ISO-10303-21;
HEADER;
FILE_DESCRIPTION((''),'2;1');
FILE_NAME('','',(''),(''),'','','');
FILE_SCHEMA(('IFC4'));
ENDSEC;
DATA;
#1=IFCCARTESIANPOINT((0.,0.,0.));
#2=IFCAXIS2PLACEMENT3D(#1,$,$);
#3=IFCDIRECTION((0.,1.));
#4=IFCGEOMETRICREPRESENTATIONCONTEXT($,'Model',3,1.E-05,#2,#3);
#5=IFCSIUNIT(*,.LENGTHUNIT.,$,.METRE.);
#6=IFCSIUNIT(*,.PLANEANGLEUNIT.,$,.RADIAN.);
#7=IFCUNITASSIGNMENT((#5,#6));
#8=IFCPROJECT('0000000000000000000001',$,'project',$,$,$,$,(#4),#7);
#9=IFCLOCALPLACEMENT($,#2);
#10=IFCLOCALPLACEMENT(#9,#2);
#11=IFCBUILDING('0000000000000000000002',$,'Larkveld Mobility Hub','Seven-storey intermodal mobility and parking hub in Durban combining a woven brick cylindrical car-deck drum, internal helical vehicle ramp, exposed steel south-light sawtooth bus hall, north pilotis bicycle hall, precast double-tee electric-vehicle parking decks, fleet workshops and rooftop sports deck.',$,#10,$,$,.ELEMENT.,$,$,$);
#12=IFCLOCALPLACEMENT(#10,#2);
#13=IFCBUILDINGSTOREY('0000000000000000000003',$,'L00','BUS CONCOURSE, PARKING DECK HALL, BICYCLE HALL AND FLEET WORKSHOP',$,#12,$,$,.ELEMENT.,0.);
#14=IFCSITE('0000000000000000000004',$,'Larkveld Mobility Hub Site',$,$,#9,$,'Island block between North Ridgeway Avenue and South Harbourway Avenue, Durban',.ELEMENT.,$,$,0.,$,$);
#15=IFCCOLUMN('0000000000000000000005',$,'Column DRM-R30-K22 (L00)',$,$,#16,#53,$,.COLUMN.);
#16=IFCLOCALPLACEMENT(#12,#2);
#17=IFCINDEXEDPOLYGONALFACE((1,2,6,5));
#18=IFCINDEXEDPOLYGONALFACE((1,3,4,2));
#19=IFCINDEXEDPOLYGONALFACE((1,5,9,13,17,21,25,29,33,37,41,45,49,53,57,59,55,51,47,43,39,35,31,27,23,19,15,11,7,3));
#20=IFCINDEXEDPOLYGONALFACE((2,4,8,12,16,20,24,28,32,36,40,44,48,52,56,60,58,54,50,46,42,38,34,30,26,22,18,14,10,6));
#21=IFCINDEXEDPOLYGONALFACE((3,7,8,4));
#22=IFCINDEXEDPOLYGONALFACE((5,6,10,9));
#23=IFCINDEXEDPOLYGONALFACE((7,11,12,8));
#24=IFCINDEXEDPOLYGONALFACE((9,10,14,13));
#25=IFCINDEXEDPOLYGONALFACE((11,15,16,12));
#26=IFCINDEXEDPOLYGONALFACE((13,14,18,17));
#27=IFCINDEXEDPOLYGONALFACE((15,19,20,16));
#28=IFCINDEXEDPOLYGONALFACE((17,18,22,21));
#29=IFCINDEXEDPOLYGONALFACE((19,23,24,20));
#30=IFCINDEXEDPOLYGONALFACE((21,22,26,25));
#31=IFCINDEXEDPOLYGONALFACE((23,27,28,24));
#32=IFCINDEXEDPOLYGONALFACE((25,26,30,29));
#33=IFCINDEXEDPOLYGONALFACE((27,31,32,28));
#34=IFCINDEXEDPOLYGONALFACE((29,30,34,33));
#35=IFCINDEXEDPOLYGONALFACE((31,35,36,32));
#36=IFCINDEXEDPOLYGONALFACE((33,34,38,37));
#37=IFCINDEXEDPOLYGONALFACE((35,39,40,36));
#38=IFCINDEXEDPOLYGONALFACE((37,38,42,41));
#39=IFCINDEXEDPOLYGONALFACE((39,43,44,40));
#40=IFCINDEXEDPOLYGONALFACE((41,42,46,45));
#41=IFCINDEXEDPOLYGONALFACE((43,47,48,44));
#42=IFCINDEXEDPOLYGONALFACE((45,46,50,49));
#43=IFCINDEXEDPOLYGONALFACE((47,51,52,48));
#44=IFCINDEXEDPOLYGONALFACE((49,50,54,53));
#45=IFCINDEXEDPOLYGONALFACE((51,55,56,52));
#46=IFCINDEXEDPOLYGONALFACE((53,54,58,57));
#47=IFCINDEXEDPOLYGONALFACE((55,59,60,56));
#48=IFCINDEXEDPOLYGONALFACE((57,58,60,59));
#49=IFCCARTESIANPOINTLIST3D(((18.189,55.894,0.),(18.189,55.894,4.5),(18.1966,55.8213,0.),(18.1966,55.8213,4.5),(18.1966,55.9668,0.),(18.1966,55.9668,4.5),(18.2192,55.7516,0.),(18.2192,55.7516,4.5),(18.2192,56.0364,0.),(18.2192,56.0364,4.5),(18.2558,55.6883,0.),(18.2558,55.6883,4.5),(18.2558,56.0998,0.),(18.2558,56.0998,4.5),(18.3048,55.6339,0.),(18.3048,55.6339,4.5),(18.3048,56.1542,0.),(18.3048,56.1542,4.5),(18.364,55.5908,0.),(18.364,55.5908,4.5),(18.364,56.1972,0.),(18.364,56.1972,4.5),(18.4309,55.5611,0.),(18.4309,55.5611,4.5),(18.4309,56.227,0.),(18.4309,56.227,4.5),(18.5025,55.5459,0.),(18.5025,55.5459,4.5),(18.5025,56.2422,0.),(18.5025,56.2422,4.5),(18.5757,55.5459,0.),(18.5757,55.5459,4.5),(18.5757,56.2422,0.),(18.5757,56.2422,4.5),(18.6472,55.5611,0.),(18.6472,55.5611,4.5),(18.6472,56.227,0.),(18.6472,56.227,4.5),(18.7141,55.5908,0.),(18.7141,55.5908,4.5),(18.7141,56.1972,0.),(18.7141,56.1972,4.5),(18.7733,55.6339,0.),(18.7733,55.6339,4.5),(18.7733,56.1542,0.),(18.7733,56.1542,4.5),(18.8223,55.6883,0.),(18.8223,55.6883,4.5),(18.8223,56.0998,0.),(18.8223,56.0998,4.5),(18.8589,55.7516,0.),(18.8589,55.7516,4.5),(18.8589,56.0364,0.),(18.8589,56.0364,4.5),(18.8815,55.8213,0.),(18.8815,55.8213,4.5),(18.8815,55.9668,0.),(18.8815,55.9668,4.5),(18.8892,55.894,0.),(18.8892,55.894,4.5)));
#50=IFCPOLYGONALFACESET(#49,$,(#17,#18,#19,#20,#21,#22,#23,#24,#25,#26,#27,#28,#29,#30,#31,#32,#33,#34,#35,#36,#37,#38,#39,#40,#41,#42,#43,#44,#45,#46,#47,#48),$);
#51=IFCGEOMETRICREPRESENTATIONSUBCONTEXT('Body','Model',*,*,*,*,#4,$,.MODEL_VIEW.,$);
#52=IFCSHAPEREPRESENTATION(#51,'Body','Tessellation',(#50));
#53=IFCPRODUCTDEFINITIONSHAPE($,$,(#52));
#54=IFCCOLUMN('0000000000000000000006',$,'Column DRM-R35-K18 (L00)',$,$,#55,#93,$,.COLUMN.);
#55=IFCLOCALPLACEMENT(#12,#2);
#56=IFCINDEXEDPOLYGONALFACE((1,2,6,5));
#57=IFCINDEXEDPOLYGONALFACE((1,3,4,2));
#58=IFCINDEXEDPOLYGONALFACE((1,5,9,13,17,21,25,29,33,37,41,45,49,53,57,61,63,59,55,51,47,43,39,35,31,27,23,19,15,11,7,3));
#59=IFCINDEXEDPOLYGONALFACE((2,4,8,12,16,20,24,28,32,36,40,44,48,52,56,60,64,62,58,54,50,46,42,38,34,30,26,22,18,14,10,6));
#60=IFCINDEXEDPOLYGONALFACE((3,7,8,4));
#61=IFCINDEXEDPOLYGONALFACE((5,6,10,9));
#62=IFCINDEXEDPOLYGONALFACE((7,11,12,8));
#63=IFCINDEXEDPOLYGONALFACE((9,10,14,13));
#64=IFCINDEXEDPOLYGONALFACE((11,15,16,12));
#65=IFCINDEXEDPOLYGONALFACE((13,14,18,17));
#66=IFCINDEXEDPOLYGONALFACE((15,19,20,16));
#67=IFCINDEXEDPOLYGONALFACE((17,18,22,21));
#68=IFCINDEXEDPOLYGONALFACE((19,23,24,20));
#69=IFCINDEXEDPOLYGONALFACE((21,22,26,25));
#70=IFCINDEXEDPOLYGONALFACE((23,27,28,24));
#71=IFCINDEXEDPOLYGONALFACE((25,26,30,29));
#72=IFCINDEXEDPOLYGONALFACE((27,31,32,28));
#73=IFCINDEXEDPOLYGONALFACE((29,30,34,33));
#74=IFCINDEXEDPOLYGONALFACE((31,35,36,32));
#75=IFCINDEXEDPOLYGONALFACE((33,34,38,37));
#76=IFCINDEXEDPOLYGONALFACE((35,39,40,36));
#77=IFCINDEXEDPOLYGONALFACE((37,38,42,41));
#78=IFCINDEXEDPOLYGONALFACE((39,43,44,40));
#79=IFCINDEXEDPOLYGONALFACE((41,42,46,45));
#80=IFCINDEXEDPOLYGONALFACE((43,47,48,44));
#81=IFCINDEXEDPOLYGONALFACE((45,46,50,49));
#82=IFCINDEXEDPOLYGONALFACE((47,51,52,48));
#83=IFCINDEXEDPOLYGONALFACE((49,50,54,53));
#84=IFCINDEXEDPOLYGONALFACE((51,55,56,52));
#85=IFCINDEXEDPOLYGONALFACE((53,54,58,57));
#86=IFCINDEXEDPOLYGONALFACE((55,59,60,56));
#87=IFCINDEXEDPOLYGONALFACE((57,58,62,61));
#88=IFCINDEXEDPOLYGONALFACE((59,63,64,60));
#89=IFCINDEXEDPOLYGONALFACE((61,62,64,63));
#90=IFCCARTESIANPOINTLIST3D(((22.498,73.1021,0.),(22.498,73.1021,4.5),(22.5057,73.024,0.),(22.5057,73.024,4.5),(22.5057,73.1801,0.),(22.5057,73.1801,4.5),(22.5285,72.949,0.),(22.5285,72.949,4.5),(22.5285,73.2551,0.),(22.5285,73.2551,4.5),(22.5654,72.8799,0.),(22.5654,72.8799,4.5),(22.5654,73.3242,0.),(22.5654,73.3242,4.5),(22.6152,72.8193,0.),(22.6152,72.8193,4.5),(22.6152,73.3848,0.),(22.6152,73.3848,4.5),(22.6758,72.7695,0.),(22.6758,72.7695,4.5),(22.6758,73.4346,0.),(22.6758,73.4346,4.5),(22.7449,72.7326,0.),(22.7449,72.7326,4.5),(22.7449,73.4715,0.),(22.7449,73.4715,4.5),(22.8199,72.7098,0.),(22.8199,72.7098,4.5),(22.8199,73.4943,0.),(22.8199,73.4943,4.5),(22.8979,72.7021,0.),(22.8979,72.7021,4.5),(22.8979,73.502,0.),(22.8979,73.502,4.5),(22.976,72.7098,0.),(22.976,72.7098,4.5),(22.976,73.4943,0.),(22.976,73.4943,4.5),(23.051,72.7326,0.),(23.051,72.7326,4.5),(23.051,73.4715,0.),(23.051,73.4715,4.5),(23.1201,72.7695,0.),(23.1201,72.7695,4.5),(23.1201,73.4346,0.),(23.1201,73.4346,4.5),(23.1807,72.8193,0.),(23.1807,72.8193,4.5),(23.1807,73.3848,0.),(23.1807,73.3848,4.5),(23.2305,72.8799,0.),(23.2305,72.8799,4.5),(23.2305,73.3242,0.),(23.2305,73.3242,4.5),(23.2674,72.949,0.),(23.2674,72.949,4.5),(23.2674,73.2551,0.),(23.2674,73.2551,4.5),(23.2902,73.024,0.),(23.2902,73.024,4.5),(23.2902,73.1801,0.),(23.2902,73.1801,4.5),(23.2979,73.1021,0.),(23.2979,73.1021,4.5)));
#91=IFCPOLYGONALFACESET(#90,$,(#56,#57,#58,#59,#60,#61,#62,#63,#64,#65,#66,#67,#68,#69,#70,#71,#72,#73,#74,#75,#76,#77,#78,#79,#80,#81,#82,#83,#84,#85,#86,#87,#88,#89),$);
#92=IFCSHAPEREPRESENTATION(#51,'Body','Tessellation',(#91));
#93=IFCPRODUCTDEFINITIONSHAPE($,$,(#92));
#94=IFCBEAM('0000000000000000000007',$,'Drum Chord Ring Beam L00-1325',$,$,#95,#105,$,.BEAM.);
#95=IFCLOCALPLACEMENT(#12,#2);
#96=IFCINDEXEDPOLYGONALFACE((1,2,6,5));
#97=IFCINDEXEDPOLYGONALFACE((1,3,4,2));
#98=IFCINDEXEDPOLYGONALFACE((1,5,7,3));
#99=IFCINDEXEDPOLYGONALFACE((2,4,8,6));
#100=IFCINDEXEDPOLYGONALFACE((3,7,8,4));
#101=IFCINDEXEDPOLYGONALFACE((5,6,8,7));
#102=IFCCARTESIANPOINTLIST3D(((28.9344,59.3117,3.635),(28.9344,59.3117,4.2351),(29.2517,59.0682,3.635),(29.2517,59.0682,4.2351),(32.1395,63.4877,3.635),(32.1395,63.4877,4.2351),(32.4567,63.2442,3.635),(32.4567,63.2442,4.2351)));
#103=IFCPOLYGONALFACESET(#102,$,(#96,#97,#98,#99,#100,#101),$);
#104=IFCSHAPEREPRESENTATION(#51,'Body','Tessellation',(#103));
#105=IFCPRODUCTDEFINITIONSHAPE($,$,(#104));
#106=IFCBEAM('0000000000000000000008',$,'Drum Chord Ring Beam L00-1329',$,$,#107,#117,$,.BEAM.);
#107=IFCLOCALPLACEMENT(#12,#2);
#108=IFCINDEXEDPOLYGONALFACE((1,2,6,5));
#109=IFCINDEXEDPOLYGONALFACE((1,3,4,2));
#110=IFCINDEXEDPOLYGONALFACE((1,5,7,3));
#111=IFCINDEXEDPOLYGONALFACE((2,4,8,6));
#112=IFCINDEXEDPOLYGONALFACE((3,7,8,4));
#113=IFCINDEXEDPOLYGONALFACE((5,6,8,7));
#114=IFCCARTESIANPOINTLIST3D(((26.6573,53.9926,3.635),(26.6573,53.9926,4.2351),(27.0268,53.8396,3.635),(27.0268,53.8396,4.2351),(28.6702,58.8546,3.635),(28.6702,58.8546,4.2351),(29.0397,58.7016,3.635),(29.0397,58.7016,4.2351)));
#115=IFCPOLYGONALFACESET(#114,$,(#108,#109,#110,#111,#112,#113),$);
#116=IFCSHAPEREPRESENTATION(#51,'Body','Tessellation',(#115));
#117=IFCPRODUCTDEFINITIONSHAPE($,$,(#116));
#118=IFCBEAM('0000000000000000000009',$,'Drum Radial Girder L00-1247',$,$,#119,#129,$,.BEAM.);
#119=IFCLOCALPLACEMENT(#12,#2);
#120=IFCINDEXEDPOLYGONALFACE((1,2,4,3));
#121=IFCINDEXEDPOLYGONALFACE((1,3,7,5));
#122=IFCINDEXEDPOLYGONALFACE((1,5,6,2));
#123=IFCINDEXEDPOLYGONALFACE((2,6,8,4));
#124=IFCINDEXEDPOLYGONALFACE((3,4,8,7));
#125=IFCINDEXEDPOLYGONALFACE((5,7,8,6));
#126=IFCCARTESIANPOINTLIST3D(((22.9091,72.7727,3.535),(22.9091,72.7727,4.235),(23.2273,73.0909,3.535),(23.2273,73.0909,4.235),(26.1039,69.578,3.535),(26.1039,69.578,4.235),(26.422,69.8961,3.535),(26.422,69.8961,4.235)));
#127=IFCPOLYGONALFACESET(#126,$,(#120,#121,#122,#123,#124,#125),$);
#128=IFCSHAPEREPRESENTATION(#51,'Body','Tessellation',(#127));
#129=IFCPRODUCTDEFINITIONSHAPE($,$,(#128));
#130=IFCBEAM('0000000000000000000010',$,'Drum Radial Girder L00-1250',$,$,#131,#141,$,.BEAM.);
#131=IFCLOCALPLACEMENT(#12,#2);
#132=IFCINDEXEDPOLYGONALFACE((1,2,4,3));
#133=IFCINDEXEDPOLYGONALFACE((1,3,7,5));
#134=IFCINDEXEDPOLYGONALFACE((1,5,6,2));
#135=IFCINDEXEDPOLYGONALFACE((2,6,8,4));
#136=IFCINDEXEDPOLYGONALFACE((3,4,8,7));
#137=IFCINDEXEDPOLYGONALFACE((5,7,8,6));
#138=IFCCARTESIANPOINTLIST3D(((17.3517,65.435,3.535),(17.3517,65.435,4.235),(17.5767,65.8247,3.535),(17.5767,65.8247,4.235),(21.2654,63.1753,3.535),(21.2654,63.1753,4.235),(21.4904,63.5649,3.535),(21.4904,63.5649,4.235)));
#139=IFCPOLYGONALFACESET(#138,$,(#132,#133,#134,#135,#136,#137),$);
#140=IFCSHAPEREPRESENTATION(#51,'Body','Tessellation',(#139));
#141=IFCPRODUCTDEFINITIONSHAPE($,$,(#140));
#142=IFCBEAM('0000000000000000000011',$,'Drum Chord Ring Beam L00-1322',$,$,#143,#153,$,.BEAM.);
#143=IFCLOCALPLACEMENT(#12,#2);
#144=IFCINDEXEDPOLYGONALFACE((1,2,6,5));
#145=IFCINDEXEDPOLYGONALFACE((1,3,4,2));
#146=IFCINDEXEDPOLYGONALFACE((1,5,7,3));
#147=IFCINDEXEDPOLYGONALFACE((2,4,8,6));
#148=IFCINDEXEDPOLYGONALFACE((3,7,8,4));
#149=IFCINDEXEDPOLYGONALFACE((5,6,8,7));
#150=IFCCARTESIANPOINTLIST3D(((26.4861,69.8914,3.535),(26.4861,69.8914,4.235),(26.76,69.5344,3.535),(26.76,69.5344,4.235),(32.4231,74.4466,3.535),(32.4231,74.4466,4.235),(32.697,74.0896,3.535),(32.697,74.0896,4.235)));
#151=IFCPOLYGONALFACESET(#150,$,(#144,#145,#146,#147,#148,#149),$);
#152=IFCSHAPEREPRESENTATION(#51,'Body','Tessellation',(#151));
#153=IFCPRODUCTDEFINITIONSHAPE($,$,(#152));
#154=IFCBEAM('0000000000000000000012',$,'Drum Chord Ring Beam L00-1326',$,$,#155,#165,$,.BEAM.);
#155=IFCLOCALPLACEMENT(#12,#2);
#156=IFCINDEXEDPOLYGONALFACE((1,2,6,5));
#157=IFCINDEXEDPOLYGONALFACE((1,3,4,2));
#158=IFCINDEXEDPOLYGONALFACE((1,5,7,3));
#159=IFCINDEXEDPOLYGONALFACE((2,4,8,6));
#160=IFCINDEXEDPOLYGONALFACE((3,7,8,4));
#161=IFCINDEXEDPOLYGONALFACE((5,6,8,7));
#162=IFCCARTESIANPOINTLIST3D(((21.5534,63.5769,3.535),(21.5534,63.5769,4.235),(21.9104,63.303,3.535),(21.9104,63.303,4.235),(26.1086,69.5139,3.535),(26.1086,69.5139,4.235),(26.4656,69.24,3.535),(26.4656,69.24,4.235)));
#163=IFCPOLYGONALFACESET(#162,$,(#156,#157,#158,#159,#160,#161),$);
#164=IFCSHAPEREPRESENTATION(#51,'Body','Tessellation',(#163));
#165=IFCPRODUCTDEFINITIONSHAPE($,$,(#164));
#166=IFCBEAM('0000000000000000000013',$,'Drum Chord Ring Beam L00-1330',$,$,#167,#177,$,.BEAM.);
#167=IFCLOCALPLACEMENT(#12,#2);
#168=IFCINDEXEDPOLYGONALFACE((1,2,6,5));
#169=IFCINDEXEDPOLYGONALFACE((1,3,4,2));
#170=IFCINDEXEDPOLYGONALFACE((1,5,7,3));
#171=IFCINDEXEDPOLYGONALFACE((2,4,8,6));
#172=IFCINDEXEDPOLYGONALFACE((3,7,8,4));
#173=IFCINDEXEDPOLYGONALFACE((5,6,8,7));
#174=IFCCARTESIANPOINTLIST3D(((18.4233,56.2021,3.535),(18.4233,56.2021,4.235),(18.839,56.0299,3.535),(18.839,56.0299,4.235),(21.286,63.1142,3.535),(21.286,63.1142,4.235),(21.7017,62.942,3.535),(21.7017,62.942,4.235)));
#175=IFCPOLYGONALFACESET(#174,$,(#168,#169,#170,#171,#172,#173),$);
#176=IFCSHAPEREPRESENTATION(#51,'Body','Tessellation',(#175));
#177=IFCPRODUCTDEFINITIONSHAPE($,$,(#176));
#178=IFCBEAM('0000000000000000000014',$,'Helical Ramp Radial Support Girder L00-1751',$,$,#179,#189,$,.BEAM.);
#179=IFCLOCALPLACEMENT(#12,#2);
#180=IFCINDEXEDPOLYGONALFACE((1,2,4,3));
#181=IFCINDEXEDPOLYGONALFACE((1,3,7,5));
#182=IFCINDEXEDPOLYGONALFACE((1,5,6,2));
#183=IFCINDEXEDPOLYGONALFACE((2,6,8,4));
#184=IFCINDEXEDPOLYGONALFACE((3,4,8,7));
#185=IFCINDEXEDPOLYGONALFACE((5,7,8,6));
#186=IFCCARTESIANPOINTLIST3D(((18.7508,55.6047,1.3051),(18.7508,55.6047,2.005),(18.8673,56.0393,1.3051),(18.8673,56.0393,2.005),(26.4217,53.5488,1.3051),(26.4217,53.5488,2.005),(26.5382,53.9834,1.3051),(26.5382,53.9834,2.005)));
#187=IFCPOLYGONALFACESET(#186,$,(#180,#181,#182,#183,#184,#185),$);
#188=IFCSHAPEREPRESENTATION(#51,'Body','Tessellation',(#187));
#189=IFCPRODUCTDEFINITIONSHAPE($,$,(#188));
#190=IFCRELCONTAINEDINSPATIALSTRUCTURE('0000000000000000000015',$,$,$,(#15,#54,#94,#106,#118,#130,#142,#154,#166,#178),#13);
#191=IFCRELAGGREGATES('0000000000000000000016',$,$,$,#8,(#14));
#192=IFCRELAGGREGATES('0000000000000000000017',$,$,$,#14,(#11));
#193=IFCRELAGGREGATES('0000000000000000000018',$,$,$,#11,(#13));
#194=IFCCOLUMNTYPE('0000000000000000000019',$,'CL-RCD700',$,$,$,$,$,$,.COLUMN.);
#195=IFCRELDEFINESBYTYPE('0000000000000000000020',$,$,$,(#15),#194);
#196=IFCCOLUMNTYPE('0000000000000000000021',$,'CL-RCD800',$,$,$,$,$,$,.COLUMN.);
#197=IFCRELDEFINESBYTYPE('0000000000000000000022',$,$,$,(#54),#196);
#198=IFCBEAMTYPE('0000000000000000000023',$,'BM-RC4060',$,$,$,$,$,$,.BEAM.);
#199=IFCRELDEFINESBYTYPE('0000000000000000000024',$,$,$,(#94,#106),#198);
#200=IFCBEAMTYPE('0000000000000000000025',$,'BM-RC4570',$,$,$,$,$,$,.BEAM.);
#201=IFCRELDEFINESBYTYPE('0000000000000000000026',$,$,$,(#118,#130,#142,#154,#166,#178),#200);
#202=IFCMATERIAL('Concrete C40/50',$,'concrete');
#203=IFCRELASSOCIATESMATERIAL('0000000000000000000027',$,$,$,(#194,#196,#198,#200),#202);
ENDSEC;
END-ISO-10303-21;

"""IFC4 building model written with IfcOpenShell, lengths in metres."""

from ifc_helpers import new_model, si_unit, direction, frame, origin, origin_2d, place, context, subcontext, project, spatial, rectangle, circle, extrude, material, material_profile, profile_set, type_object, element, save


model = new_model("IFC4")

# Units and contexts
model_context = context("Model", 3, precision=1e-05, world=origin(), true_north=direction((0.0, 1.0)))
body_context = subcontext(model_context, "Body", "Model", "MODEL_VIEW")
ifc_project = project(units=[si_unit("LENGTHUNIT", "METRE"), si_unit("PLANEANGLEUNIT", "RADIAN")], contexts=[model_context])

# Site, building, storey
site_placement = place(None, origin())
site = spatial("IfcSite", under=ifc_project, at=site_placement, Name="Larkveld Mobility Hub Site", LongName="Island block between North Ridgeway Avenue and South Harbourway Avenue, Durban", CompositionType="ELEMENT", RefElevation=0.0)
building_placement = place(site_placement, origin())
building = spatial("IfcBuilding", under=site, at=building_placement, Name="Larkveld Mobility Hub", Description="Seven-storey intermodal mobility and parking hub in Durban combining a woven brick cylindrical car-deck drum, internal helical vehicle ramp, exposed steel south-light sawtooth bus hall, north pilotis bicycle hall, precast double-tee electric-vehicle parking decks, fleet workshops and rooftop sports deck.", CompositionType="ELEMENT")
storey_placement = place(building_placement, origin())
storey = spatial("IfcBuildingStorey", under=building, at=storey_placement, Name="L00", Description="BUS CONCOURSE, PARKING DECK HALL, BICYCLE HALL AND FLEET WORKSHOP", CompositionType="ELEMENT", Elevation=0.0)

# Columns
ifc_material_1 = material(Name="Concrete C40/50", Category="concrete")
ifc_material_profile_1 = material_profile(ifc_material_1, circle(Radius=0.3501, at=origin_2d()), Name="RC COL D700")
ifc_profile_set_1 = profile_set([ifc_material_profile_1], Name="Concrete C40/50")
column_type_1 = type_object("IfcColumnType", Name="CL-RCD700", PredefinedType="COLUMN", material=ifc_profile_set_1)
for number, where, z_axis, x_axis, name in (
    (1, (18.5391, 55.894, 0.0), (0.0, 0.0, 1.0), (1.0, 0.0, 0.0), "Column DRM-R30-K22 (L00)"),
):
    element("IfcColumn", number, at=place(storey_placement, frame(where, z_axis=z_axis, x_axis=x_axis)), inside=storey, type_object=column_type_1, Name=name, PredefinedType="COLUMN", context=body_context, shape_type="SweptSolid", body=[
        extrude(circle(Radius=0.3501, at=origin_2d()), origin(), (0.0, 0.0, 1.0), 4.5),
    ])
ifc_material_profile_2 = material_profile(ifc_material_1, circle(Radius=0.3999, at=origin_2d()), Name="RC COL D800")
ifc_profile_set_2 = profile_set([ifc_material_profile_2], Name="Concrete C40/50")
column_type_2 = type_object("IfcColumnType", Name="CL-RCD800", PredefinedType="COLUMN", material=ifc_profile_set_2)
column_placement = place(storey_placement, frame((22.8979, 73.1021, 0.0), z_axis=(0.0, 0.0, 1.0), x_axis=(1.0, 0.0, 0.0)))
element("IfcColumn", 2, at=column_placement, inside=storey, type_object=column_type_2, Name="Column DRM-R35-K18 (L00)", PredefinedType="COLUMN", context=body_context, shape_type="SweptSolid", body=[
    extrude(circle(Radius=0.3999, at=origin_2d()), origin(), (0.0, 0.0, 1.0), 4.5),
])

# Beams
ifc_material_profile_3 = material_profile(ifc_material_1, rectangle(XDim=0.3999, YDim=0.6001, at=origin_2d()), Name="RC BM 400x600")
ifc_profile_set_3 = profile_set([ifc_material_profile_3], Name="Concrete C40/50")
beam_type_1 = type_object("IfcBeamType", Name="BM-RC4060", PredefinedType="BEAM", material=ifc_profile_set_3)
beam_1_placement = place(storey_placement, frame((32.2981, 63.366, 3.9351), z_axis=(-0.608845, -0.793289, 0.0), x_axis=(0.793289, -0.608845, 0.0)))
element("IfcBeam", 3, at=beam_1_placement, inside=storey, type_object=beam_type_1, Name="Drum Chord Ring Beam L00-1325", PredefinedType="BEAM", context=body_context, shape_type="SweptSolid", body=[
    extrude(rectangle(XDim=0.3999, YDim=0.6001, at=origin_2d()), origin(), (0.0, 0.0, 1.0), 5.2642),
])
beam_2_placement = place(storey_placement, frame((28.855, 58.7781, 3.9351), z_axis=(-0.382523, -0.923946, 0.0), x_axis=(0.923946, -0.382523, 0.0)))
element("IfcBeam", 4, at=beam_2_placement, inside=storey, type_object=beam_type_1, Name="Drum Chord Ring Beam L00-1329", PredefinedType="BEAM", context=body_context, shape_type="SweptSolid", body=[
    extrude(rectangle(XDim=0.3999, YDim=0.6001, at=origin_2d()), origin(), (0.0, 0.0, 1.0), 5.2622),
])
ifc_material_profile_4 = material_profile(ifc_material_1, rectangle(XDim=0.45, YDim=0.7, at=origin_2d()), Name="RC BM 450x700")
ifc_profile_set_4 = profile_set([ifc_material_profile_4], Name="Concrete C40/50")
beam_type_2 = type_object("IfcBeamType", Name="BM-RC4570", PredefinedType="BEAM", material=ifc_profile_set_4)
beam_3_placement = place(storey_placement, frame((26.2629, 69.7371, 3.885), z_axis=(-0.707107, 0.707107, 0.0), x_axis=(-0.707107, -0.707107, 0.0)))
element("IfcBeam", 5, at=beam_3_placement, inside=storey, type_object=beam_type_2, Name="Drum Radial Girder L00-1247", PredefinedType="BEAM", context=body_context, shape_type="SweptSolid", body=[
    extrude(rectangle(XDim=0.45, YDim=0.7, at=origin_2d()), origin(), (0.0, 0.0, 1.0), 4.5181),
])
beam_4_placement = place(storey_placement, frame((21.3779, 63.3701, 3.885), z_axis=(-0.866014, 0.50002, 0.0), x_axis=(-0.50002, -0.866014, 0.0)))
element("IfcBeam", 6, at=beam_4_placement, inside=storey, type_object=beam_type_2, Name="Drum Radial Girder L00-1250", PredefinedType="BEAM", context=body_context, shape_type="SweptSolid", body=[
    extrude(rectangle(XDim=0.45, YDim=0.7, at=origin_2d()), origin(), (0.0, 0.0, 1.0), 4.5193),
])
for number, where, z_axis, x_axis, name in (
    (7, (32.5601, 74.2681, 3.885), (-0.793383, -0.608723, 0.0), (0.608723, -0.793383, 0.0), "Drum Chord Ring Beam L00-1322"),
    (8, (26.2871, 69.377, 3.885), (-0.608723, -0.793383, 0.0), (0.793383, -0.608723, 0.0), "Drum Chord Ring Beam L00-1326"),
):
    element("IfcBeam", number, at=place(storey_placement, frame(where, z_axis=z_axis, x_axis=x_axis)), inside=storey, type_object=beam_type_2, Name=name, PredefinedType="BEAM", context=body_context, shape_type="SweptSolid", body=[
        extrude(rectangle(XDim=0.45, YDim=0.7, at=origin_2d()), origin(), (0.0, 0.0, 1.0), 7.4832),
    ])
beam_5_placement = place(storey_placement, frame((21.4939, 63.0281, 3.885), z_axis=(-0.38265, -0.923894, 0.0), x_axis=(0.923894, -0.38265, 0.0)))
element("IfcBeam", 9, at=beam_5_placement, inside=storey, type_object=beam_type_2, Name="Drum Chord Ring Beam L00-1330", PredefinedType="BEAM", context=body_context, shape_type="SweptSolid", body=[
    extrude(rectangle(XDim=0.45, YDim=0.7, at=origin_2d()), origin(), (0.0, 0.0, 1.0), 7.4814),
])
beam_6_placement = place(storey_placement, frame((26.48, 53.7661, 1.655), z_axis=(-0.96591, 0.258877, 0.0), x_axis=(-0.258877, -0.96591, 0.0)))
element("IfcBeam", 10, at=beam_6_placement, inside=storey, type_object=beam_type_2, Name="Helical Ramp Radial Support Girder L00-1751", PredefinedType="BEAM", context=body_context, shape_type="SweptSolid", body=[
    extrude(rectangle(XDim=0.45, YDim=0.7, at=origin_2d()), origin(), (0.0, 0.0, 1.0), 7.9417),
])

save(model, "model.ifc")
